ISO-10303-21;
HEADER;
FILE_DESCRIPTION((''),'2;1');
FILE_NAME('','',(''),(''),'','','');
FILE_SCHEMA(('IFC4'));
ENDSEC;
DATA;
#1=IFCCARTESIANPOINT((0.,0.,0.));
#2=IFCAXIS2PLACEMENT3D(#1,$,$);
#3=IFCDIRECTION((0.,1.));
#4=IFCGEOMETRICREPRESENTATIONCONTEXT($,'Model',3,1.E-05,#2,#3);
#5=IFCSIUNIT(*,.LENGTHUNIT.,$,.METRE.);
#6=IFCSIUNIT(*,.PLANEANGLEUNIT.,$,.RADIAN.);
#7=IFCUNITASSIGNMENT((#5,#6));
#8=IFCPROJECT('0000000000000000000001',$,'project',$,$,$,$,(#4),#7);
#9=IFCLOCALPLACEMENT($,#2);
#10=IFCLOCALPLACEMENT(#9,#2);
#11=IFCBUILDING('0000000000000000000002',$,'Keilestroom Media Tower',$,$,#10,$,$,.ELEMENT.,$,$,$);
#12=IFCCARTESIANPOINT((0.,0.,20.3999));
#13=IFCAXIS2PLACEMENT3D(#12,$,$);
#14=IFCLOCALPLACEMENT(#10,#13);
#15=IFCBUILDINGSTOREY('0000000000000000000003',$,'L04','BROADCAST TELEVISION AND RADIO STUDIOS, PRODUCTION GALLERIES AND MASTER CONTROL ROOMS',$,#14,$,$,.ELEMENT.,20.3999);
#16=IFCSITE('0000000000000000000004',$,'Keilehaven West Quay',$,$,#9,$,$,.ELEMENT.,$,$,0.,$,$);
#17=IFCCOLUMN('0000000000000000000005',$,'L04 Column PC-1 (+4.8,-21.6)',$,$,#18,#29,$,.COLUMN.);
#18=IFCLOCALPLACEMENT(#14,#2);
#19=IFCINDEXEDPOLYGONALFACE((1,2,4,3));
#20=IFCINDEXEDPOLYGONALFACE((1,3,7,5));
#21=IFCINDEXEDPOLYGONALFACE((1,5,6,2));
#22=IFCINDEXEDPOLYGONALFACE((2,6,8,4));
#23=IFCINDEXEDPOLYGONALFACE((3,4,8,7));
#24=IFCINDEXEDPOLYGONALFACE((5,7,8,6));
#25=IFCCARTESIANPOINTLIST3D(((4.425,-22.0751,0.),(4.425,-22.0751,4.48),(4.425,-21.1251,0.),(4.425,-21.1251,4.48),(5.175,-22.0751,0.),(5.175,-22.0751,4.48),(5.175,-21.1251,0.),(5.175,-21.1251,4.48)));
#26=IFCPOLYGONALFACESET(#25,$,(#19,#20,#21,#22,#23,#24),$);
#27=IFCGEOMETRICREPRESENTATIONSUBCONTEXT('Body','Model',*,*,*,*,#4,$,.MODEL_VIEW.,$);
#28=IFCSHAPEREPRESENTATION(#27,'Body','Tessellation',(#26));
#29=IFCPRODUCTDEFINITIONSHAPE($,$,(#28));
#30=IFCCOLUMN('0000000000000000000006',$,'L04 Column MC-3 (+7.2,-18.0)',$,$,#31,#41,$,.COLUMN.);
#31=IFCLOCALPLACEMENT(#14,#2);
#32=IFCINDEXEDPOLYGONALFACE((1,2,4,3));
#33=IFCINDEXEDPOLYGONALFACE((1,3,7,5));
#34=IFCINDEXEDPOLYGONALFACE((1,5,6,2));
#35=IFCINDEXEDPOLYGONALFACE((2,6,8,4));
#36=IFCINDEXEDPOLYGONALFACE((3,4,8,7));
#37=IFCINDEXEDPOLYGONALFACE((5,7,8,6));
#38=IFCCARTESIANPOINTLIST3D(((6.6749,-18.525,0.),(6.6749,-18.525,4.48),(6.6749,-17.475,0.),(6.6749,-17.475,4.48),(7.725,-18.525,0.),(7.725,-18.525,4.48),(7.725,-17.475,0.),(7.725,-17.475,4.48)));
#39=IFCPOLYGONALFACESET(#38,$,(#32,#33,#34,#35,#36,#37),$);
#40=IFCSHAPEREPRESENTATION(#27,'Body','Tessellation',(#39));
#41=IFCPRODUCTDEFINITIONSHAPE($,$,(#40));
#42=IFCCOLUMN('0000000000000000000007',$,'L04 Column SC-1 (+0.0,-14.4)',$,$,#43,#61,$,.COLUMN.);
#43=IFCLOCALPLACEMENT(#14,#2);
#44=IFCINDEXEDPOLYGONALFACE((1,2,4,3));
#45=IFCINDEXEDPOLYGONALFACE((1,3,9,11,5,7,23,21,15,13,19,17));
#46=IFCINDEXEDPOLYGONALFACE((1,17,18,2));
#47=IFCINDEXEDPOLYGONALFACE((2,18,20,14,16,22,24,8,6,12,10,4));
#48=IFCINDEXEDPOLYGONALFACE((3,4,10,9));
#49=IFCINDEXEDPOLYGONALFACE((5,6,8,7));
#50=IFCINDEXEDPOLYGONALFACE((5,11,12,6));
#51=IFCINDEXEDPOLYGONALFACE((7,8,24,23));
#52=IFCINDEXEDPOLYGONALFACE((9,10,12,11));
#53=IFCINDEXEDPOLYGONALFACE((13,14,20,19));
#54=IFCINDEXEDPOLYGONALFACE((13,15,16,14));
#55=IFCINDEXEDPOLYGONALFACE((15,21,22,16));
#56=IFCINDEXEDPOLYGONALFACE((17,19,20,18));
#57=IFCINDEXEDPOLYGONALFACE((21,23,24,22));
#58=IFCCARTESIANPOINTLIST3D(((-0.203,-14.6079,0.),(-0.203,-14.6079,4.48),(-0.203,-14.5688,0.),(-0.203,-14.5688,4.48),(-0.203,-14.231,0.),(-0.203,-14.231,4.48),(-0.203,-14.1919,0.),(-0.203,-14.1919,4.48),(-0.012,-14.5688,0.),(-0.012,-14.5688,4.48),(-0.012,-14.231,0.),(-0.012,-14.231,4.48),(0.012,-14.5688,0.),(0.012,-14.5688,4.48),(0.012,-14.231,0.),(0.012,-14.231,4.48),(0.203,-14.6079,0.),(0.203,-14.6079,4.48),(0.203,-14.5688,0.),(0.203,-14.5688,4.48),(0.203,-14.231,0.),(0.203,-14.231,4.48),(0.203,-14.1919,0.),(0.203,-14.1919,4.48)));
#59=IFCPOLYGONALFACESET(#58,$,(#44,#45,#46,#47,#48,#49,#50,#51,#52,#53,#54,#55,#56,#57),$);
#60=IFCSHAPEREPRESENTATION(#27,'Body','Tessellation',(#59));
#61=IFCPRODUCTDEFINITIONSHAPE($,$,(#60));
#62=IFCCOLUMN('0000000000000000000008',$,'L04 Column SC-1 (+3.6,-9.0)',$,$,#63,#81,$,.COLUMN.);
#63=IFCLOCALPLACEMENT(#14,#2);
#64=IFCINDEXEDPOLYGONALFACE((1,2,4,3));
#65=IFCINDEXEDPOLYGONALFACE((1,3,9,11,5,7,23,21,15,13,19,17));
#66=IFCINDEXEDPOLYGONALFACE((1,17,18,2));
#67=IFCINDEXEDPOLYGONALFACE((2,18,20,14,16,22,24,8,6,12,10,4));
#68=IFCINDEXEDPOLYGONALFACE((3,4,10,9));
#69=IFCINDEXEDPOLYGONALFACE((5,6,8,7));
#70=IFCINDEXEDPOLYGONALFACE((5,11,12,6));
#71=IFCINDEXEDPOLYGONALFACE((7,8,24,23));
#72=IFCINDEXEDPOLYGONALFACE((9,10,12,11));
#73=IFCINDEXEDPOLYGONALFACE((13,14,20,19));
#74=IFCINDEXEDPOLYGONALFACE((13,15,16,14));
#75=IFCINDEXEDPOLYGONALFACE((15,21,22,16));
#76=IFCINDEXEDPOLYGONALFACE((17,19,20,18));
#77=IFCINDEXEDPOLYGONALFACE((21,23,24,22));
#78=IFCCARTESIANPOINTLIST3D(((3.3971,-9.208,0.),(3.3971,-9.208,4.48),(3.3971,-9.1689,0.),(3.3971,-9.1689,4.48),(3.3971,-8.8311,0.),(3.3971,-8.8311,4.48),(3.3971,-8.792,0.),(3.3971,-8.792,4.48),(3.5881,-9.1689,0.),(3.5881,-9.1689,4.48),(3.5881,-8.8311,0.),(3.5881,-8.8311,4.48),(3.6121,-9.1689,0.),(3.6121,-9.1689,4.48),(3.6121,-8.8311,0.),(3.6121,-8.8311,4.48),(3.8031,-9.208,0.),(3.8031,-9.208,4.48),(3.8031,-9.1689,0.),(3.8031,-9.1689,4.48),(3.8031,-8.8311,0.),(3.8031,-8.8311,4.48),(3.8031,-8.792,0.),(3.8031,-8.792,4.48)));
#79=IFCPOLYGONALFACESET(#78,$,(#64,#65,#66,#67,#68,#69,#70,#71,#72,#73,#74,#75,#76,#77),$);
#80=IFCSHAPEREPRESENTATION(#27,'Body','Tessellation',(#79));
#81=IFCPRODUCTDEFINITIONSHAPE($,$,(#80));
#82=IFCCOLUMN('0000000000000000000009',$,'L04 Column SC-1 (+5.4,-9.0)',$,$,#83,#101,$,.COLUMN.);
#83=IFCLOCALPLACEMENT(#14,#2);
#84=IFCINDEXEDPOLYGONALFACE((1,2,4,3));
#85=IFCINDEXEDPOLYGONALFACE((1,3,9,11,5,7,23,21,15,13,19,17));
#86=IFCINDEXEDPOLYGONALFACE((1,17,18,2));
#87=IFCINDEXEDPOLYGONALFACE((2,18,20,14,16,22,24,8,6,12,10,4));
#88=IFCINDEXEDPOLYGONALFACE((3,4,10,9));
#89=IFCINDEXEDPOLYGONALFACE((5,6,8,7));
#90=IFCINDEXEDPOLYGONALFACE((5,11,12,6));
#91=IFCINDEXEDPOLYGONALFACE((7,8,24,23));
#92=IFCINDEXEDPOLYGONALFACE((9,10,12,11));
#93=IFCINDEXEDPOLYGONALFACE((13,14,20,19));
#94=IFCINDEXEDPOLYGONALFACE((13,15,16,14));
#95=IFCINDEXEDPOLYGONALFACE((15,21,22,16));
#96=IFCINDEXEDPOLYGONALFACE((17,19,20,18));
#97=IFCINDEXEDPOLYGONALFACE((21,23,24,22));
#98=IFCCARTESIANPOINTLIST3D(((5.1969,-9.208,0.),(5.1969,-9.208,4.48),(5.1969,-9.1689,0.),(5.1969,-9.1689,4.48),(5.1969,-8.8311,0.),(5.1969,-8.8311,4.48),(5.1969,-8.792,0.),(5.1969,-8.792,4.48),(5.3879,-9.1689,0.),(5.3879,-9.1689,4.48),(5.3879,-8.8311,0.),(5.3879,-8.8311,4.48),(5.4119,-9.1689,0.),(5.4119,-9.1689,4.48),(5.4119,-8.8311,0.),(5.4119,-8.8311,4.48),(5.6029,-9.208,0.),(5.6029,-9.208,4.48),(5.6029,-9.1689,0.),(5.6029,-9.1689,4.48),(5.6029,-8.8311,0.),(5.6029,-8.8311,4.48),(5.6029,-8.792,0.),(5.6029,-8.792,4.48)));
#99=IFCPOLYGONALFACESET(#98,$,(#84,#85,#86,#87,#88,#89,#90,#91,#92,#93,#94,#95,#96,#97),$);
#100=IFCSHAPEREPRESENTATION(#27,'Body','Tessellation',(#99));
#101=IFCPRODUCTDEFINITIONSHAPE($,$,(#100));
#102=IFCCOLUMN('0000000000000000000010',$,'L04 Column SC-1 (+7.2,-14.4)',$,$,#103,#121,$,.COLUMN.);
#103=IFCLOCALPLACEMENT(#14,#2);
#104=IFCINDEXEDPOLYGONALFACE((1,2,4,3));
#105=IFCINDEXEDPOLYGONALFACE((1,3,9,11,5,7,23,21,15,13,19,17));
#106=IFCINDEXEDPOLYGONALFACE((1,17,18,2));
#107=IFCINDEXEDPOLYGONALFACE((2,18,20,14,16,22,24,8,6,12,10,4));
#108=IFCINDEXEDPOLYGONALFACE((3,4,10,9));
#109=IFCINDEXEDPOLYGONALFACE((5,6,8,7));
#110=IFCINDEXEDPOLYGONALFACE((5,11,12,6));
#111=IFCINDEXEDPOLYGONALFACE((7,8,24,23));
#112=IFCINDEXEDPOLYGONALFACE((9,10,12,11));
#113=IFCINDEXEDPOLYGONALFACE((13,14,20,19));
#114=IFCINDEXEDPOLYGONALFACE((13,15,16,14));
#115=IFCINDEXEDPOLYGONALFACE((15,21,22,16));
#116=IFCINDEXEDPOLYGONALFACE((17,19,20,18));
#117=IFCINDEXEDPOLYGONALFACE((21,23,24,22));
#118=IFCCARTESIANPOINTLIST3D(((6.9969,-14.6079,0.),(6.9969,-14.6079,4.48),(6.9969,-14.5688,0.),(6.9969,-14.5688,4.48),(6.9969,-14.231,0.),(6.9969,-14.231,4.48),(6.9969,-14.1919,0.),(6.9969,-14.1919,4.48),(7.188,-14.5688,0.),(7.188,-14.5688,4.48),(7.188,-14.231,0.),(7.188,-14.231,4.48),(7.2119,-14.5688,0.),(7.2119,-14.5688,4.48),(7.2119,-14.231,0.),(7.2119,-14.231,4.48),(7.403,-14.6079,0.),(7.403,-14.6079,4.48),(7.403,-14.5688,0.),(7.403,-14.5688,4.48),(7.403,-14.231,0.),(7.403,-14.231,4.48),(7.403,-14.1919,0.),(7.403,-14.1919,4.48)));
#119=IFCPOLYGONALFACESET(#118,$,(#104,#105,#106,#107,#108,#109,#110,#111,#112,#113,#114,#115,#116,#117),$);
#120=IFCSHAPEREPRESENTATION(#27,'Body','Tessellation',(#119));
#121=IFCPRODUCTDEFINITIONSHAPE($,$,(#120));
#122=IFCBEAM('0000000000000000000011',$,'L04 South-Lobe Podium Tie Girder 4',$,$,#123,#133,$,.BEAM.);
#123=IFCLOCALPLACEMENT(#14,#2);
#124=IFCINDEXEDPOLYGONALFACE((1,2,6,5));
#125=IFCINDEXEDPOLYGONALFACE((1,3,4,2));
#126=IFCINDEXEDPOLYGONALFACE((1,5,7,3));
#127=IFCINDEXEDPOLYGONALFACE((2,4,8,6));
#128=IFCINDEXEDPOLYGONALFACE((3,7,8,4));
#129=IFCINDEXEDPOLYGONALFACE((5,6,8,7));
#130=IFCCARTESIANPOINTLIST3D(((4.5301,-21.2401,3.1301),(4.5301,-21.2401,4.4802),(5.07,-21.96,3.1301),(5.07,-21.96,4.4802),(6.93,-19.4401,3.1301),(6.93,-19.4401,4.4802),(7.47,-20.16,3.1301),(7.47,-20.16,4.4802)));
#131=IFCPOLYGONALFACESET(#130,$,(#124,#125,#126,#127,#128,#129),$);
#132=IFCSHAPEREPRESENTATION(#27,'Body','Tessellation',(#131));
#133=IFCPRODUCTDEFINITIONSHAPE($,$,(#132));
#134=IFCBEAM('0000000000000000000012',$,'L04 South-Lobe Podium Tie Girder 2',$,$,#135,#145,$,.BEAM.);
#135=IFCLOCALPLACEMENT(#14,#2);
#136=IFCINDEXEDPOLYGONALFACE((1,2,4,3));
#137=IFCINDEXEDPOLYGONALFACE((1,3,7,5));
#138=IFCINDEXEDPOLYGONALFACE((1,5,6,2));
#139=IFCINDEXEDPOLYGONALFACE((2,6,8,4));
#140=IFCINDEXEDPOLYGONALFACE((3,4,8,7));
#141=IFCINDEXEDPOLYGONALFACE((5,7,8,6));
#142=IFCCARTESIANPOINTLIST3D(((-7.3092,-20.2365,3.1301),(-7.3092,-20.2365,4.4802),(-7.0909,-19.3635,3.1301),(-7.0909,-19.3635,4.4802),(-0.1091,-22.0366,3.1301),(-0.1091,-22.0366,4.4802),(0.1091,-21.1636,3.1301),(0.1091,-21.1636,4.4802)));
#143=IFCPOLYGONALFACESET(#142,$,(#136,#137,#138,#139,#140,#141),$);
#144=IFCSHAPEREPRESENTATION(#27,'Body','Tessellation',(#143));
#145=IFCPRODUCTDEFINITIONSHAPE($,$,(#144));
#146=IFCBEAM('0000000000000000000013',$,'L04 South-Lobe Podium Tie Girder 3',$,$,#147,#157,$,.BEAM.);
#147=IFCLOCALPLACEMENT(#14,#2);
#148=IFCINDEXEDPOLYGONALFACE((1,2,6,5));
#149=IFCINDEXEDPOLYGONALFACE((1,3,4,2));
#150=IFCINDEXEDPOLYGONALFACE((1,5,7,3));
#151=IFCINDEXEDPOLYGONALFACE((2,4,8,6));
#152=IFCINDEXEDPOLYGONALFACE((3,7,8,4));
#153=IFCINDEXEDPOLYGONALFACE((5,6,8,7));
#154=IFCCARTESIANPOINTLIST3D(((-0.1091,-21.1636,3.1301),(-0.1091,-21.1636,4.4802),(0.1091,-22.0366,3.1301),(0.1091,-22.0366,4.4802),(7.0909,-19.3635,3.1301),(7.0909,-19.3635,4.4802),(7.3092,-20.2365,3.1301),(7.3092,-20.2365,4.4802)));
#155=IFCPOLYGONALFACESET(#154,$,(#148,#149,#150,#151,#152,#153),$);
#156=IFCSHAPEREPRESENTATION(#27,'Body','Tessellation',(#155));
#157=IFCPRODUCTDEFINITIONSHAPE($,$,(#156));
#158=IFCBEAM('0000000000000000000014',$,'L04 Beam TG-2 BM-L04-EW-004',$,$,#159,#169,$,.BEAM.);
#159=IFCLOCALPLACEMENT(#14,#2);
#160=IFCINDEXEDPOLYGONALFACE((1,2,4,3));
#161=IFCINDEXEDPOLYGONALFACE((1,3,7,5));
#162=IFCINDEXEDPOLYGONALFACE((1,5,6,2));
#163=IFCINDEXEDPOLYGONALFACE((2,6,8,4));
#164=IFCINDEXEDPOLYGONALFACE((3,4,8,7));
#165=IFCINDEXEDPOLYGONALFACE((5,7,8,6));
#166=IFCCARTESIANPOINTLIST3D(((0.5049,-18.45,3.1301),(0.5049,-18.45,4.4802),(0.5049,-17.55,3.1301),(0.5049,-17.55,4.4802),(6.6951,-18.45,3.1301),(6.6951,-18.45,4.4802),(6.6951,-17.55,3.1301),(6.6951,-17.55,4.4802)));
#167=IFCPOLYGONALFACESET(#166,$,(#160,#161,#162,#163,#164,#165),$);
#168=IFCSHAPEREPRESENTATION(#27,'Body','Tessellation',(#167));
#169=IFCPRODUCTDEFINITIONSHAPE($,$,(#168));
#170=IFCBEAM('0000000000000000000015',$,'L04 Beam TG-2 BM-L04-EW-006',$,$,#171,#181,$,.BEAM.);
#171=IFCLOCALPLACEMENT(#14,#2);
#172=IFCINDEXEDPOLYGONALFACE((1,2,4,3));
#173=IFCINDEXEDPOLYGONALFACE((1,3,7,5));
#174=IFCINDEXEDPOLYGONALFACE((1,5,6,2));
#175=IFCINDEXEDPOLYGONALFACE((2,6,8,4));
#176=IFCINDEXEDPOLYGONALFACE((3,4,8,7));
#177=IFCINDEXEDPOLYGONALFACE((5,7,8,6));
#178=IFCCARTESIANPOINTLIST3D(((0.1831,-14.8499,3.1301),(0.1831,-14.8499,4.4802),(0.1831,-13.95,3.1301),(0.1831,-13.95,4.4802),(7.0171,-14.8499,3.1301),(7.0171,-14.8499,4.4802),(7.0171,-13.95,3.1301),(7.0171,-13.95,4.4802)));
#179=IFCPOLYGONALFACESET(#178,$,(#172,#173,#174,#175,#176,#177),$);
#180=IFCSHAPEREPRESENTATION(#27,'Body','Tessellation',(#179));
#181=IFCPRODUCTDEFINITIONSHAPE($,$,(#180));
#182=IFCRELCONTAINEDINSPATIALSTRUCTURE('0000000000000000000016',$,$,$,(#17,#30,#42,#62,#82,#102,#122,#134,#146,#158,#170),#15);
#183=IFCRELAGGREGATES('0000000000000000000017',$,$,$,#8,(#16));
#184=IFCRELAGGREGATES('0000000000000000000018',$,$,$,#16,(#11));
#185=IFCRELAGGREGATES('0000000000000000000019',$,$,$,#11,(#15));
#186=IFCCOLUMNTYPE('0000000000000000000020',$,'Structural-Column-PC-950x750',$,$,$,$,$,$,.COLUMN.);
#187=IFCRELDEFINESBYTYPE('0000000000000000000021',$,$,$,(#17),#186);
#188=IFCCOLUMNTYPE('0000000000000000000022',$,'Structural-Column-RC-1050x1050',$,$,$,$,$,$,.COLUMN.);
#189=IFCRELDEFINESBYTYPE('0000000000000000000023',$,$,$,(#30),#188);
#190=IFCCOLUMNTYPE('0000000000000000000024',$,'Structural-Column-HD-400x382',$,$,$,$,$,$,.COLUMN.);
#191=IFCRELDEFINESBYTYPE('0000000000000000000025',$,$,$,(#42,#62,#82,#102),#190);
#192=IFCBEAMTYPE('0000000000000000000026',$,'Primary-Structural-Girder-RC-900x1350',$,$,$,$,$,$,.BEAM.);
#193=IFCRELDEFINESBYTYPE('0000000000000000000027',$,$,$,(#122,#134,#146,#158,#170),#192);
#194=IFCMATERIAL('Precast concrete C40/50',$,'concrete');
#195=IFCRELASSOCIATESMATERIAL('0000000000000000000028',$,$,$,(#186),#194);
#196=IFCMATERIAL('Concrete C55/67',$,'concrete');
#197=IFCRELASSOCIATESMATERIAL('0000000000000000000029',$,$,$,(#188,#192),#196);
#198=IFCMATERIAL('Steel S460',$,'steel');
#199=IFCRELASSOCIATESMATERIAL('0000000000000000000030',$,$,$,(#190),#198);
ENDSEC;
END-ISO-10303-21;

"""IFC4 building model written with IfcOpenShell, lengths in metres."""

from ifc_helpers import new_model, si_unit, direction, frame, origin, origin_2d, place, context, subcontext, project, spatial, rectangle, i_section, extrude, source, transform, mapped, material, material_profile, profile_set, type_object, element, save


model = new_model("IFC4")

# Units and contexts
model_context = context("Model", 3, precision=1e-05, world=origin(), true_north=direction((0.0, 1.0)))
body_context = subcontext(model_context, "Body", "Model", "MODEL_VIEW")
ifc_project = project(units=[si_unit("LENGTHUNIT", "METRE"), si_unit("PLANEANGLEUNIT", "RADIAN")], contexts=[model_context])

# Site, building, storey
site_placement = place(None, origin())
site = spatial("IfcSite", under=ifc_project, at=site_placement, Name="Keilehaven West Quay", CompositionType="ELEMENT", RefElevation=0.0)
building_placement = place(site_placement, origin())
building = spatial("IfcBuilding", under=site, at=building_placement, Name="Keilestroom Media Tower", CompositionType="ELEMENT")
storey_placement = place(building_placement, frame((0.0, 0.0, 20.3999)))
storey = spatial("IfcBuildingStorey", under=building, at=storey_placement, Name="L04", Description="BROADCAST TELEVISION AND RADIO STUDIOS, PRODUCTION GALLERIES AND MASTER CONTROL ROOMS", CompositionType="ELEMENT", Elevation=20.3999)

# Columns
ifc_material_1 = material(Name="Precast concrete C40/50", Category="concrete")
ifc_material_profile_1 = material_profile(ifc_material_1, rectangle(XDim=0.75, YDim=0.95, at=origin_2d()), Name="PC 950x750")
ifc_profile_set_1 = profile_set([ifc_material_profile_1], Name="Precast concrete C40/50")
column_type_1 = type_object("IfcColumnType", Name="Structural-Column-PC-950x750", PredefinedType="COLUMN", material=ifc_profile_set_1)
shared_shape_1 = source(origin(), body_context, "Body", "SweptSolid", [
    extrude(rectangle(XDim=0.75, YDim=0.95, at=origin_2d()), origin(), (0.0, 0.0, 1.0), 4.48),
])
column_1_placement = place(storey_placement, frame((4.8, -21.6001, 0.0), z_axis=(0.0, 0.0, 1.0), x_axis=(1.0, 0.0, 0.0)))
element("IfcColumn", 1, at=column_1_placement, inside=storey, type_object=column_type_1, Name="L04 Column PC-1 (+4.8,-21.6)", PredefinedType="COLUMN", context=body_context, shape_type="MappedRepresentation", body=[
    mapped(shared_shape_1, transform((0.0, 0.0, 0.0), x_axis=(1.0, 0.0, 0.0), y_axis=(0.0, 1.0, 0.0), z_axis=(0.0, 0.0, 1.0), scale=1.0)),
])
ifc_material_2 = material(Name="Concrete C55/67", Category="concrete")
ifc_material_profile_2 = material_profile(ifc_material_2, rectangle(XDim=1.05, YDim=1.05, at=origin_2d()), Name="RC 1050x1050")
ifc_profile_set_2 = profile_set([ifc_material_profile_2], Name="Concrete C55/67")
column_type_2 = type_object("IfcColumnType", Name="Structural-Column-RC-1050x1050", PredefinedType="COLUMN", material=ifc_profile_set_2)
shared_shape_2 = source(origin(), body_context, "Body", "SweptSolid", [
    extrude(rectangle(XDim=1.05, YDim=1.05, at=origin_2d()), origin(), (0.0, 0.0, 1.0), 4.48),
])
column_2_placement = place(storey_placement, frame((7.2, -18.0, 0.0), z_axis=(0.0, 0.0, 1.0), x_axis=(1.0, 0.0, 0.0)))
element("IfcColumn", 2, at=column_2_placement, inside=storey, type_object=column_type_2, Name="L04 Column MC-3 (+7.2,-18.0)", PredefinedType="COLUMN", context=body_context, shape_type="MappedRepresentation", body=[
    mapped(shared_shape_2, transform((0.0, 0.0, 0.0), x_axis=(1.0, 0.0, 0.0), y_axis=(0.0, 1.0, 0.0), z_axis=(0.0, 0.0, 1.0), scale=1.0)),
])
ifc_material_3 = material(Name="Steel S460", Category="steel")
ifc_material_profile_3 = material_profile(ifc_material_3, i_section(OverallWidth=0.406, OverallDepth=0.416, WebThickness=0.0239, FlangeThickness=0.0391, at=origin_2d()), Name="HD 400x382")
ifc_profile_set_3 = profile_set([ifc_material_profile_3], Name="Steel S460")
column_type_3 = type_object("IfcColumnType", Name="Structural-Column-HD-400x382", PredefinedType="COLUMN", material=ifc_profile_set_3)
shared_shape_3 = source(origin(), body_context, "Body", "SweptSolid", [
    extrude(i_section(OverallWidth=0.406, OverallDepth=0.416, WebThickness=0.0239, FlangeThickness=0.0391, at=origin_2d()), origin(), (0.0, 0.0, 1.0), 4.48),
])
for number, where, z_axis, x_axis, name in (
    (3, (0.0, -14.3999, 0.0), (0.0, 0.0, 1.0), (1.0, 0.0, 0.0), "L04 Column SC-1 (+0.0,-14.4)"),
    (4, (3.6001, -9.0, 0.0), (0.0, 0.0, 1.0), (1.0, 0.0, 0.0), "L04 Column SC-1 (+3.6,-9.0)"),
    (5, (5.3999, -9.0, 0.0), (0.0, 0.0, 1.0), (1.0, 0.0, 0.0), "L04 Column SC-1 (+5.4,-9.0)"),
    (6, (7.2, -14.3999, 0.0), (0.0, 0.0, 1.0), (1.0, 0.0, 0.0), "L04 Column SC-1 (+7.2,-14.4)"),
):
    element("IfcColumn", number, at=place(storey_placement, frame(where, z_axis=z_axis, x_axis=x_axis)), inside=storey, type_object=column_type_3, Name=name, PredefinedType="COLUMN", context=body_context, shape_type="MappedRepresentation", body=[
        mapped(shared_shape_3, transform((0.0, 0.0, 0.0), x_axis=(1.0, 0.0, 0.0), y_axis=(0.0, 1.0, 0.0), z_axis=(0.0, 0.0, 1.0), scale=1.0)),
    ])

# Beams
ifc_material_profile_4 = material_profile(ifc_material_2, rectangle(XDim=0.8999, YDim=1.3501, at=origin_2d()), Name="RC 900x1350")
ifc_profile_set_4 = profile_set([ifc_material_profile_4], Name="Concrete C55/67")
beam_type = type_object("IfcBeamType", Name="Primary-Structural-Girder-RC-900x1350", PredefinedType="BEAM", material=ifc_profile_set_4)
shared_shape_4 = source(origin(), body_context, "Body", "SweptSolid", [
    extrude(rectangle(XDim=0.8999, YDim=1.3501, at=origin_2d()), origin(), (0.0, 0.0, 1.0), 3.0),
])
beam_1_placement = place(storey_placement, frame((4.8, -21.6001, 3.8052), z_axis=(0.79998, 0.600026, 0.0), x_axis=(-0.600026, 0.79998, 0.0)))
element("IfcBeam", 7, at=beam_1_placement, inside=storey, type_object=beam_type, Name="L04 South-Lobe Podium Tie Girder 4", PredefinedType="BEAM", context=body_context, shape_type="MappedRepresentation", body=[
    mapped(shared_shape_4, transform((0.0, 0.0, 0.0), x_axis=(1.0, 0.0, 0.0), y_axis=(0.0, 1.0, 0.0), z_axis=(0.0, 0.0, 1.0), scale=1.0)),
])
shared_shape_5 = source(origin(), body_context, "Body", "SweptSolid", [
    extrude(rectangle(XDim=0.8999, YDim=1.3501, at=origin_2d()), origin(), (0.0, 0.0, 1.0), 7.4216),
])
for number, where, z_axis, x_axis, name in (
    (8, (0.0, -21.6001, 3.8052), (-0.970141, 0.242543, 0.0), (-0.242543, -0.970141, 0.0), "L04 South-Lobe Podium Tie Girder 2"),
    (9, (0.0, -21.6001, 3.8052), (0.970141, 0.242543, 0.0), (-0.242543, 0.970141, 0.0), "L04 South-Lobe Podium Tie Girder 3"),
):
    element("IfcBeam", number, at=place(storey_placement, frame(where, z_axis=z_axis, x_axis=x_axis)), inside=storey, type_object=beam_type, Name=name, PredefinedType="BEAM", context=body_context, shape_type="MappedRepresentation", body=[
        mapped(shared_shape_5, transform((0.0, 0.0, 0.0), x_axis=(1.0, 0.0, 0.0), y_axis=(0.0, 1.0, 0.0), z_axis=(0.0, 0.0, 1.0), scale=1.0)),
    ])
shared_shape_6 = source(origin(), body_context, "Body", "SweptSolid", [
    extrude(rectangle(XDim=0.8999, YDim=1.3501, at=origin_2d()), origin(), (0.0, 0.0, 1.0), 6.1902),
])
beam_2_placement = place(storey_placement, frame((0.5049, -18.0, 3.8052), z_axis=(1.0, 0.0, 0.0), x_axis=(0.0, 1.0, 0.0)))
element("IfcBeam", 10, at=beam_2_placement, inside=storey, type_object=beam_type, Name="L04 Beam TG-2 BM-L04-EW-004", PredefinedType="BEAM", context=body_context, shape_type="MappedRepresentation", body=[
    mapped(shared_shape_6, transform((0.0, 0.0, 0.0), x_axis=(1.0, 0.0, 0.0), y_axis=(0.0, 1.0, 0.0), z_axis=(0.0, 0.0, 1.0), scale=1.0)),
])
shared_shape_7 = source(origin(), body_context, "Body", "SweptSolid", [
    extrude(rectangle(XDim=0.8999, YDim=1.3501, at=origin_2d()), origin(), (0.0, 0.0, 1.0), 6.834),
])
beam_3_placement = place(storey_placement, frame((0.1831, -14.3999, 3.8052), z_axis=(1.0, 0.0, 0.0), x_axis=(0.0, 1.0, 0.0)))
element("IfcBeam", 11, at=beam_3_placement, inside=storey, type_object=beam_type, Name="L04 Beam TG-2 BM-L04-EW-006", PredefinedType="BEAM", context=body_context, shape_type="MappedRepresentation", body=[
    mapped(shared_shape_7, transform((0.0, 0.0, 0.0), x_axis=(1.0, 0.0, 0.0), y_axis=(0.0, 1.0, 0.0), z_axis=(0.0, 0.0, 1.0), scale=1.0)),
])

save(model, "model.ifc")
